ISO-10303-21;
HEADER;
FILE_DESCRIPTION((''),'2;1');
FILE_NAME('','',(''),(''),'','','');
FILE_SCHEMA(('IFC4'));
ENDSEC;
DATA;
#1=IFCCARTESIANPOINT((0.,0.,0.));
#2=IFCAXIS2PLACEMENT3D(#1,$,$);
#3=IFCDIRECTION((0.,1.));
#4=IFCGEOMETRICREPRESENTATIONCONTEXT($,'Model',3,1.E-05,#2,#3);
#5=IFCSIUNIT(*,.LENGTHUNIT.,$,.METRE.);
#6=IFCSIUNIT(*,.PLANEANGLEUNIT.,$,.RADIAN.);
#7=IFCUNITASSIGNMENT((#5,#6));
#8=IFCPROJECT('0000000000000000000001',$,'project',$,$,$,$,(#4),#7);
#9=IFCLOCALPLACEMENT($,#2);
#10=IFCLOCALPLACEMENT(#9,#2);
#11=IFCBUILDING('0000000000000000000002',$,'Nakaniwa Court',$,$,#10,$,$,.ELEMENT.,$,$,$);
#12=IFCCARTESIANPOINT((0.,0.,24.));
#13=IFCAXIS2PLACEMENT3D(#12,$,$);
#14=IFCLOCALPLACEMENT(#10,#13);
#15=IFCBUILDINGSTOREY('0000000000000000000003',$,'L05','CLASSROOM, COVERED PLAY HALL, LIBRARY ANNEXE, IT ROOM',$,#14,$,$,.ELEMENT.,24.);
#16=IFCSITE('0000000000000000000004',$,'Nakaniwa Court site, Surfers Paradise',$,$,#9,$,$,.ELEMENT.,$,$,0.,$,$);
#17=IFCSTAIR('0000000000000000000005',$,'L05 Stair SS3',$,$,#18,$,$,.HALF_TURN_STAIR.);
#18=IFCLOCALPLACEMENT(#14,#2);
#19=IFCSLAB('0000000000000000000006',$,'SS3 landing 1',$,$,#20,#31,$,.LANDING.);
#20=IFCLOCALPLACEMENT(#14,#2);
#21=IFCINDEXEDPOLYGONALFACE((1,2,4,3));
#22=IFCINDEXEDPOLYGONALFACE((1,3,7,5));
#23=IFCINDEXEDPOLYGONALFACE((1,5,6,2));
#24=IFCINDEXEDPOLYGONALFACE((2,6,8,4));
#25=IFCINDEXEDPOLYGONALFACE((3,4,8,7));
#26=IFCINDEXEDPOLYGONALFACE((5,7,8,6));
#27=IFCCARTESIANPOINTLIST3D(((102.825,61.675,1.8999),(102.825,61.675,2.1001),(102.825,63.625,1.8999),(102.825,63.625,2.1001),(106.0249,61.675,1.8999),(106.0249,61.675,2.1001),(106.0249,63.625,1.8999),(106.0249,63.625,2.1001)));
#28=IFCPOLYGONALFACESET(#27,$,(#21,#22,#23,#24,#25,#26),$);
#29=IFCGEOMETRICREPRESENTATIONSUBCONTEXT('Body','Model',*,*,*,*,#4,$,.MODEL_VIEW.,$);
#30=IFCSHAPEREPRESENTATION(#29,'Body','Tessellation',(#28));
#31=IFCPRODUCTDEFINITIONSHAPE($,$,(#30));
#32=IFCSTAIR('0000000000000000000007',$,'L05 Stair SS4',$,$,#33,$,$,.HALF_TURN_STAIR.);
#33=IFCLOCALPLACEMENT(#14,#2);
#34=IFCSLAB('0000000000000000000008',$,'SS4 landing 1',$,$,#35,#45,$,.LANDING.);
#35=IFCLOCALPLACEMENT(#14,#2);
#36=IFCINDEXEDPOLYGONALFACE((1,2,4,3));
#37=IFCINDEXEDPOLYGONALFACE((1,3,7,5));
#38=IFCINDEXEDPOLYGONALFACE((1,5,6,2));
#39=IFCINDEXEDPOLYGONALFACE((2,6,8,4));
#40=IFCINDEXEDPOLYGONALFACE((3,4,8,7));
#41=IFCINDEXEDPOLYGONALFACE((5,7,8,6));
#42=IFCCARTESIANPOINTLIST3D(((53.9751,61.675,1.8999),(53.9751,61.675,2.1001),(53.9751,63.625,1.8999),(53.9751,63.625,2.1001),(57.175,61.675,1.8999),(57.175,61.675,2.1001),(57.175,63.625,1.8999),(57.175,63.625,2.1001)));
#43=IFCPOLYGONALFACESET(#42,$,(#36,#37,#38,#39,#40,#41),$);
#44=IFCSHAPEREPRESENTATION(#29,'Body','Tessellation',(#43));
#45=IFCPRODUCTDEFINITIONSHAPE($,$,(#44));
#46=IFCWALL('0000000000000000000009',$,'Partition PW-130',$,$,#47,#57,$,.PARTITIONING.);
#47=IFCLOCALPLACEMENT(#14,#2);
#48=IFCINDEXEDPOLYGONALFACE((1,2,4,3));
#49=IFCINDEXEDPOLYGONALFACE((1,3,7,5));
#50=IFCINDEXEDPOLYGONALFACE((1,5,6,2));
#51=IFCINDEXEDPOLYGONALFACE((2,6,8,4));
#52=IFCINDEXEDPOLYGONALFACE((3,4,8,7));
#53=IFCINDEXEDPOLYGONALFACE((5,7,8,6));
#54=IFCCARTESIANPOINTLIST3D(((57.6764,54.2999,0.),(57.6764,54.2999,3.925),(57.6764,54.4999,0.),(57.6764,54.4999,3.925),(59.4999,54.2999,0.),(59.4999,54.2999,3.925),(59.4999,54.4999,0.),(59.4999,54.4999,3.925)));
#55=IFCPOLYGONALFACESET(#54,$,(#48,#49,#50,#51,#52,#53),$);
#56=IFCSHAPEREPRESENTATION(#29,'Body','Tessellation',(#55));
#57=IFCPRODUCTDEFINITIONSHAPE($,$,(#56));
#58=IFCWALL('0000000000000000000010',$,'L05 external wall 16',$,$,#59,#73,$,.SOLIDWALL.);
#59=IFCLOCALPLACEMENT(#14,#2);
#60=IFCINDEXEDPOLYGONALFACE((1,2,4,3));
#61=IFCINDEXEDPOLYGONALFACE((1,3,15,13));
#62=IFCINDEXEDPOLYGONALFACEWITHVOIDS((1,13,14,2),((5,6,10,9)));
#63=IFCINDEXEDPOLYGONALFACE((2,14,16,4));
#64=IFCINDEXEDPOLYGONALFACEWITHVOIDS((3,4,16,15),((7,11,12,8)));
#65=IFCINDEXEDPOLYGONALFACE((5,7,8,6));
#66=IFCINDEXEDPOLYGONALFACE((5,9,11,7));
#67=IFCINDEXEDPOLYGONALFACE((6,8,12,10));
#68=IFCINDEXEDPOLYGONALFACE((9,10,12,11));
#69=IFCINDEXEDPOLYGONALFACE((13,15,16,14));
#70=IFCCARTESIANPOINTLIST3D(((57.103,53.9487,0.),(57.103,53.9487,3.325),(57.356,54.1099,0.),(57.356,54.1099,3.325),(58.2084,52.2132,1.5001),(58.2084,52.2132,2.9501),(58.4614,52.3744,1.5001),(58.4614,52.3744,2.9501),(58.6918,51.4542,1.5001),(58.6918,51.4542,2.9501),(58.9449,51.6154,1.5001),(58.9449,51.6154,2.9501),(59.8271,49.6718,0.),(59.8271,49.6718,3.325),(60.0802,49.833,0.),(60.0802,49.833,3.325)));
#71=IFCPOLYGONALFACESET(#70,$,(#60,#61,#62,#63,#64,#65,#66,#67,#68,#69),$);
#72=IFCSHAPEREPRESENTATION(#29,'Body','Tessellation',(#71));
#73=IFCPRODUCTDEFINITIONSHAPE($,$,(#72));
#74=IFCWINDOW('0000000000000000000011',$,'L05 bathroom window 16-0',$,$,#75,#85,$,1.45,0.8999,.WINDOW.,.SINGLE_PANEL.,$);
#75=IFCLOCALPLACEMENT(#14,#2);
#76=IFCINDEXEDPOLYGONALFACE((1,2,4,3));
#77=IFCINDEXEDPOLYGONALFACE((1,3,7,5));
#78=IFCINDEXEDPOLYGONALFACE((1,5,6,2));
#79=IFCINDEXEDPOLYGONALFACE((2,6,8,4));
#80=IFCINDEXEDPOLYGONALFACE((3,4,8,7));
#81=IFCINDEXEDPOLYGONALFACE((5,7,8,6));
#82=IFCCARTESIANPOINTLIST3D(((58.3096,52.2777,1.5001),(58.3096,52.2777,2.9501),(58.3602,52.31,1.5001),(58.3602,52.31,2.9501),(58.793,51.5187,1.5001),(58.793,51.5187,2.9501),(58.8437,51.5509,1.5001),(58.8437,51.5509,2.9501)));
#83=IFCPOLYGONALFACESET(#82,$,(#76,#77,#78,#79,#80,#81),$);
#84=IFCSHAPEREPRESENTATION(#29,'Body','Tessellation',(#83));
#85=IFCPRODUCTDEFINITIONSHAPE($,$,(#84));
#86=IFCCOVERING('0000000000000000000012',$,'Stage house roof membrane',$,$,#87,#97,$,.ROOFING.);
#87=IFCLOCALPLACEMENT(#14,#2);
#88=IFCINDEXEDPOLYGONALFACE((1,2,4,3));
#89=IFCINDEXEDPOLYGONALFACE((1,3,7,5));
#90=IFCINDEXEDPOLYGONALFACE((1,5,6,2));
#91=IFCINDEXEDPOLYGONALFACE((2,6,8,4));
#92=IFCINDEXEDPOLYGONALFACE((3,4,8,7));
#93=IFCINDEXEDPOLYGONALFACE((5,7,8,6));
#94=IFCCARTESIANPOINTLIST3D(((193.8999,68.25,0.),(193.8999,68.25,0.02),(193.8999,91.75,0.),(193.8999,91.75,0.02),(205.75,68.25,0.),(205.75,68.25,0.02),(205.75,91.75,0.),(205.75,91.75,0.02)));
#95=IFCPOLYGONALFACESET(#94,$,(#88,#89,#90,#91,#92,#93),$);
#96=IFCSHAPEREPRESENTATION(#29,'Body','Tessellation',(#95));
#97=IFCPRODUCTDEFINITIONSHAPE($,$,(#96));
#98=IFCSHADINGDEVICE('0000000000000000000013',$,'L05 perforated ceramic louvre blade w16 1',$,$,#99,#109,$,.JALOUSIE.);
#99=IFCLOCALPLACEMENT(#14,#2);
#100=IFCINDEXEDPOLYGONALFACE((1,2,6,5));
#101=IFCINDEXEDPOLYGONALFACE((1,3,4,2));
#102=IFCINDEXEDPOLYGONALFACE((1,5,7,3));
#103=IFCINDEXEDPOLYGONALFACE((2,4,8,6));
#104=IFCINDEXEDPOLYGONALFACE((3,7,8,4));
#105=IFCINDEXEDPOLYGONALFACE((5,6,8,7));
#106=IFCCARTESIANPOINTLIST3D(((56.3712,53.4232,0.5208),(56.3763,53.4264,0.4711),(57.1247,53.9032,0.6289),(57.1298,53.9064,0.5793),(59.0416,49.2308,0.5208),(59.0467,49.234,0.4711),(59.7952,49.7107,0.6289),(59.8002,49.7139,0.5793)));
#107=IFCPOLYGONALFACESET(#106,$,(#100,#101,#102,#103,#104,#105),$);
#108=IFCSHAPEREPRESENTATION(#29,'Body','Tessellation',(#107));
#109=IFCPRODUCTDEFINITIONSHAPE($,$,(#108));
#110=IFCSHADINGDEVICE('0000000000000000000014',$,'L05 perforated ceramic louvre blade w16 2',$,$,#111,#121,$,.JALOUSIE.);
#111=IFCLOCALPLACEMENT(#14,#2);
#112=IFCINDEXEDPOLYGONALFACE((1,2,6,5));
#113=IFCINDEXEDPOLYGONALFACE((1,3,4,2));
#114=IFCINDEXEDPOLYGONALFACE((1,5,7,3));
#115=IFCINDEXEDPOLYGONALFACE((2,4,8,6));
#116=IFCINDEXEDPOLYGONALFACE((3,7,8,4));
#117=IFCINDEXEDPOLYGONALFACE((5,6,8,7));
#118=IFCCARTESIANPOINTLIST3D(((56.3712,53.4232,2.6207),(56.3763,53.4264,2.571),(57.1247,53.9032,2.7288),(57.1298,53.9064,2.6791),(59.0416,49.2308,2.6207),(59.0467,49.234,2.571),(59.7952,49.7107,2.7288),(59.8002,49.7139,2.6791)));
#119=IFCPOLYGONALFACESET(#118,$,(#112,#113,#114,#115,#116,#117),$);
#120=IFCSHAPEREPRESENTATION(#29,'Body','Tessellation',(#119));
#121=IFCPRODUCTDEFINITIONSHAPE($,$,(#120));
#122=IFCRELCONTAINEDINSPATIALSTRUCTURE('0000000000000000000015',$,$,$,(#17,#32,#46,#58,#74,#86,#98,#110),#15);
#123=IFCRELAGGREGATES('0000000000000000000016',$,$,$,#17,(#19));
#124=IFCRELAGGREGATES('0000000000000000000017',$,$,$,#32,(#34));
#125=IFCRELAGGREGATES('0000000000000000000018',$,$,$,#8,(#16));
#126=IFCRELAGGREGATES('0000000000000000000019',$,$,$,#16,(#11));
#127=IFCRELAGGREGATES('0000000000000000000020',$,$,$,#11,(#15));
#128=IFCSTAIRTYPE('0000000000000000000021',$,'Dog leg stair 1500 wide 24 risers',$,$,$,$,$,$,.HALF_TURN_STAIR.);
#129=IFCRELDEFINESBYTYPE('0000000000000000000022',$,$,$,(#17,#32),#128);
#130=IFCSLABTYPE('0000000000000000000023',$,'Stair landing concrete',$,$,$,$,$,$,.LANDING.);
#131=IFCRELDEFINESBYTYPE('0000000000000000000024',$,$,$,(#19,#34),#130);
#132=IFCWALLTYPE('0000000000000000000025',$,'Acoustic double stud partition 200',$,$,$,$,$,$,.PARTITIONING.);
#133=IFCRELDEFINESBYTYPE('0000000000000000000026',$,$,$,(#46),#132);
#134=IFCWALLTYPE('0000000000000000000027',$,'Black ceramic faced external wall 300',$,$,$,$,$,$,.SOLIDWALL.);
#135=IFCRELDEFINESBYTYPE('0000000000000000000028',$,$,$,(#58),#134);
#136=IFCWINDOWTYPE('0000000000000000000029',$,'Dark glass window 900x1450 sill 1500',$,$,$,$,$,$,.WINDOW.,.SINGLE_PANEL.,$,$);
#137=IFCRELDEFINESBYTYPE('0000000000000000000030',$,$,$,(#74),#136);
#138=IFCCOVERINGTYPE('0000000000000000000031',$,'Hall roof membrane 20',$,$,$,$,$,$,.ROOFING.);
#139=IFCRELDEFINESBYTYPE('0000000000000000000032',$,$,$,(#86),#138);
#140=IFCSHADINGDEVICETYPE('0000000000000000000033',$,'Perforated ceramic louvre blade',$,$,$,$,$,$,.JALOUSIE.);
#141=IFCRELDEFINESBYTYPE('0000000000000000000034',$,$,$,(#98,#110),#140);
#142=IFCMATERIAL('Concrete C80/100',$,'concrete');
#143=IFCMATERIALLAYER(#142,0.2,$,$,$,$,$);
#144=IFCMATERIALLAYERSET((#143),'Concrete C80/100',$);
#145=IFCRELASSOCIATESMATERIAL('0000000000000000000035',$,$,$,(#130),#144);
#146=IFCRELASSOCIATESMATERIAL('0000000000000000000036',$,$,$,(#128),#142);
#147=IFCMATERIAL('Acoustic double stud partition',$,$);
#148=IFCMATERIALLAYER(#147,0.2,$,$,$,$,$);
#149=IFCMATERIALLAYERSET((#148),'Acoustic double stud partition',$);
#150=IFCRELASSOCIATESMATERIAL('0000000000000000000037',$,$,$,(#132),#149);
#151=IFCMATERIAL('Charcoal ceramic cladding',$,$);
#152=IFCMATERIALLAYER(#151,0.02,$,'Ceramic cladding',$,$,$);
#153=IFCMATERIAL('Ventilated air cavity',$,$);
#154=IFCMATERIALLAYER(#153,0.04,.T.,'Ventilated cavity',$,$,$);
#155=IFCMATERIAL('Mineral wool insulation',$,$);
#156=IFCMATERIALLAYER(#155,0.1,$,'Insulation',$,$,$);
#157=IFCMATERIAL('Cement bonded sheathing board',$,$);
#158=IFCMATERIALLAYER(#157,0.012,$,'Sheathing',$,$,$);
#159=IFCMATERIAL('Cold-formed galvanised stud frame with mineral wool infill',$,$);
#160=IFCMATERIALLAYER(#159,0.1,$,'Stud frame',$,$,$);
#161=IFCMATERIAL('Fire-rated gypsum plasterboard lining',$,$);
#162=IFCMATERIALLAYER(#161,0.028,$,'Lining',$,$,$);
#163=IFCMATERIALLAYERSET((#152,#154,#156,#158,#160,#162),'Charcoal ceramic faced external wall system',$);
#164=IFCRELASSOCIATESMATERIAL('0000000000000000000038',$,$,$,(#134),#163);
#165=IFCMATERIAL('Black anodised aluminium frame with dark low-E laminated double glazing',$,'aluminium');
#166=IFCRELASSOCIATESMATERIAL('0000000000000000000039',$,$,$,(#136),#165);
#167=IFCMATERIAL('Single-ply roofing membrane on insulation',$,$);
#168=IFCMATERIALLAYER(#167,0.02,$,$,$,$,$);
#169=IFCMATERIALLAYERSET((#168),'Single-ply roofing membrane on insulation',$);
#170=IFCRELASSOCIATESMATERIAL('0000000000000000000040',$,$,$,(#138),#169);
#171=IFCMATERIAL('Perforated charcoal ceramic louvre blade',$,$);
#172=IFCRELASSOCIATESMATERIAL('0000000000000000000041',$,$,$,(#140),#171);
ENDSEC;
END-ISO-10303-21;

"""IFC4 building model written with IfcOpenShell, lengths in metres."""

from ifc_helpers import new_model, si_unit, direction, frame, frame_2d, origin, origin_2d, place, context, subcontext, project, spatial, polyline, rectangle, outline, extrude, material, layer, layer_set, material_profile, profile_set, type_object, element, fill, aggregate, save


model = new_model("IFC4")

# Units and contexts
model_context = context("Model", 3, precision=1e-05, world=origin(), true_north=direction((0.0, 1.0)))
body_context = subcontext(model_context, "Body", "Model", "MODEL_VIEW")
ifc_project = project(units=[si_unit("LENGTHUNIT", "METRE"), si_unit("PLANEANGLEUNIT", "RADIAN")], contexts=[model_context])

# Site, building, storey
site_placement = place(None, origin())
site = spatial("IfcSite", under=ifc_project, at=site_placement, Name="Nakaniwa Court site, Surfers Paradise", CompositionType="ELEMENT", RefElevation=0.0)
building_placement = place(site_placement, origin())
building = spatial("IfcBuilding", under=site, at=building_placement, Name="Nakaniwa Court", CompositionType="ELEMENT")
storey_placement = place(building_placement, frame((0.0, 0.0, 24.0)))
storey = spatial("IfcBuildingStorey", under=building, at=storey_placement, Name="L05", Description="CLASSROOM, COVERED PLAY HALL, LIBRARY ANNEXE, IT ROOM", CompositionType="ELEMENT", Elevation=24.0)

# Stairs, slabs
ifc_material_1 = material(Name="Concrete C80/100", Category="concrete")
ifc_layer_1 = layer(ifc_material_1, 0.2)
ifc_layer_set_1 = layer_set([ifc_layer_1], Name="Concrete C80/100")
slab_type_1 = type_object("IfcSlabType", Name="Stair landing concrete", PredefinedType="LANDING", material=ifc_layer_set_1)
stair_type_1 = type_object("IfcStairType", Name="Dog leg stair 1500 wide 24 risers", PredefinedType="HALF_TURN_STAIR", material=ifc_material_1)
stair_1_placement = place(storey_placement, origin())
stair_1 = element("IfcStair", 1, at=stair_1_placement, inside=storey, type_object=stair_type_1, Name="L05 Stair SS3", PredefinedType="HALF_TURN_STAIR")
slab_1_placement = place(storey_placement, frame((0.0, 0.0, 1.8999)))
slab_1 = element("IfcSlab", 2, at=slab_1_placement, type_object=slab_type_1, Name="SS3 landing 1", PredefinedType="LANDING", context=body_context, shape_type="SweptSolid", body=[
    extrude(outline(polyline([(106.0249, 61.675), (106.0249, 63.625), (102.825, 63.625), (102.825, 61.675), (106.0249, 61.675)])), origin(), (0.0, 0.0, 1.0), 0.2002),
])
aggregate(stair_1, [slab_1])
stair_2_placement = place(storey_placement, origin())
stair_2 = element("IfcStair", 3, at=stair_2_placement, inside=storey, type_object=stair_type_1, Name="L05 Stair SS4", PredefinedType="HALF_TURN_STAIR")
slab_2_placement = place(storey_placement, frame((0.0, 0.0, 1.8999)))
slab_2 = element("IfcSlab", 4, at=slab_2_placement, type_object=slab_type_1, Name="SS4 landing 1", PredefinedType="LANDING", context=body_context, shape_type="SweptSolid", body=[
    extrude(outline(polyline([(57.175, 61.675), (57.175, 63.625), (53.9751, 63.625), (53.9751, 61.675), (57.175, 61.675)])), origin(), (0.0, 0.0, 1.0), 0.2002),
])
aggregate(stair_2, [slab_2])

# Wall
ifc_material_2 = material(Name="Acoustic double stud partition")
ifc_layer_2 = layer(ifc_material_2, 0.2)
ifc_layer_set_2 = layer_set([ifc_layer_2], Name="Acoustic double stud partition")
wall_type_1 = type_object("IfcWallType", Name="Acoustic double stud partition 200", PredefinedType="PARTITIONING", material=ifc_layer_set_2)
wall_1_placement = place(storey_placement, frame((57.6765, 54.3999, 0.0), z_axis=(0.0, 0.0, 1.0), x_axis=(1.0, 0.0, 0.0)))
element("IfcWall", 5, at=wall_1_placement, inside=storey, type_object=wall_type_1, Name="Partition PW-130", PredefinedType="PARTITIONING", context=body_context, shape_type="SweptSolid", body=[
    extrude(rectangle(XDim=1.8235, YDim=0.2, at=frame_2d((0.9116, 0.0))), origin(), (0.0, 0.0, 1.0), 3.925),
])

# Wall, opening, window
ifc_material_3 = material(Name="Charcoal ceramic cladding")
ifc_layer_3 = layer(ifc_material_3, 0.02, Name="Ceramic cladding")
ifc_material_4 = material(Name="Ventilated air cavity")
ifc_layer_4 = layer(ifc_material_4, 0.04, ventilated=True, Name="Ventilated cavity")
ifc_material_5 = material(Name="Mineral wool insulation")
ifc_layer_5 = layer(ifc_material_5, 0.1, Name="Insulation")
ifc_material_6 = material(Name="Cement bonded sheathing board")
ifc_layer_6 = layer(ifc_material_6, 0.012, Name="Sheathing")
ifc_material_7 = material(Name="Cold-formed galvanised stud frame with mineral wool infill")
ifc_layer_7 = layer(ifc_material_7, 0.1, Name="Stud frame")
ifc_material_8 = material(Name="Fire-rated gypsum plasterboard lining")
ifc_layer_8 = layer(ifc_material_8, 0.028, Name="Lining")
ifc_layer_set_3 = layer_set([ifc_layer_3, ifc_layer_4, ifc_layer_5, ifc_layer_6, ifc_layer_7, ifc_layer_8], Name="Charcoal ceramic faced external wall system")
wall_type_2 = type_object("IfcWallType", Name="Black ceramic faced external wall 300", PredefinedType="SOLIDWALL", material=ifc_layer_set_3)
wall_2_placement = place(storey_placement, frame((57.2295, 54.0293, 0.0), z_axis=(0.0, 0.0, 1.0), x_axis=(0.537224, -0.843439, 0.0)))
wall_2 = element("IfcWall", 6, at=wall_2_placement, inside=storey, type_object=wall_type_2, Name="L05 external wall 16", PredefinedType="SOLIDWALL", context=body_context, shape_type="SweptSolid", body=[
    extrude(rectangle(XDim=5.0708, YDim=0.3, at=frame_2d((2.5354, 0.0))), origin(), (0.0, 0.0, 1.0), 3.325),
])
opening_placement = place(wall_2_placement, frame((2.0576, 0.0, 1.5)))
opening = element("IfcOpeningElement", 7, at=opening_placement, cuts=wall_2, PredefinedType="OPENING", context=body_context, shape_type="SweptSolid", body=[
    extrude(rectangle(XDim=0.8999, YDim=1.45, at=frame_2d((0.45, 0.7251))), frame((0.0, 0.1599, 0.0), z_axis=(0.0, -1.0, 0.0), x_axis=(1.0, 0.0, 0.0)), (0.0, 0.0, 1.0), 0.3201),
])
ifc_material_9 = material(Name="Black anodised aluminium frame with dark low-E laminated double glazing", Category="aluminium")
window_type = type_object("IfcWindowType", Name="Dark glass window 900x1450 sill 1500", PartitioningType="SINGLE_PANEL", PredefinedType="WINDOW", material=ifc_material_9)
window_placement = place(opening_placement, origin())
window = element("IfcWindow", 8, at=window_placement, inside=storey, type_object=window_type, Name="L05 bathroom window 16-0", OverallHeight=1.45, OverallWidth=0.8999, PartitioningType="SINGLE_PANEL", PredefinedType="WINDOW", context=body_context, shape_type="SweptSolid", body=[
    extrude(rectangle(XDim=0.8999, YDim=1.45, at=frame_2d((0.45, 0.7251))), frame((0.0, 0.03, 0.0), z_axis=(0.0, -1.0, 0.0), x_axis=(1.0, 0.0, 0.0)), (0.0, 0.0, 1.0), 0.0601),
])
fill(opening, window)

# Covering
ifc_material_10 = material(Name="Single-ply roofing membrane on insulation")
ifc_layer_9 = layer(ifc_material_10, 0.02)
ifc_layer_set_4 = layer_set([ifc_layer_9], Name="Single-ply roofing membrane on insulation")
covering_type = type_object("IfcCoveringType", Name="Hall roof membrane 20", PredefinedType="ROOFING", material=ifc_layer_set_4)
covering_placement = place(storey_placement, origin())
element("IfcCovering", 9, at=covering_placement, inside=storey, type_object=covering_type, Name="Stage house roof membrane", PredefinedType="ROOFING", context=body_context, shape_type="SweptSolid", body=[
    extrude(outline(polyline([(205.75, 68.25), (205.75, 91.75), (193.8999, 91.75), (193.8999, 68.25), (205.75, 68.25)])), origin(), (0.0, 0.0, 1.0), 0.02),
])

# Shading devices
ifc_material_11 = material(Name="Perforated charcoal ceramic louvre blade")
ifc_material_profile_1 = material_profile(ifc_material_11, rectangle(XDim=0.8999, YDim=0.05, at=origin_2d()), Name="Perforated ceramic louvre blade")
ifc_profile_set_1 = profile_set([ifc_material_profile_1], Name="Perforated charcoal ceramic louvre blade")
shading_device_type = type_object("IfcShadingDeviceType", Name="Perforated ceramic louvre blade", PredefinedType="JALOUSIE", material=ifc_profile_set_1)
for number, where, z_axis, x_axis, name in (
    (10, (56.7505, 53.6648, 0.55), (0.537238, -0.843431, 0.0), (0.837322, 0.533347, 0.120137), "L05 perforated ceramic louvre blade w16 1"),
    (11, (56.7505, 53.6648, 2.6499), (0.537238, -0.843431, 0.0), (0.837322, 0.533347, 0.120137), "L05 perforated ceramic louvre blade w16 2"),
):
    element("IfcShadingDevice", number, at=place(storey_placement, frame(where, z_axis=z_axis, x_axis=x_axis)), inside=storey, type_object=shading_device_type, Name=name, PredefinedType="JALOUSIE", context=body_context, shape_type="SweptSolid", body=[
        extrude(rectangle(XDim=0.8999, YDim=0.05, at=origin_2d()), origin(), (0.0, 0.0, 1.0), 4.9707),
    ])

save(model, "model.ifc")
